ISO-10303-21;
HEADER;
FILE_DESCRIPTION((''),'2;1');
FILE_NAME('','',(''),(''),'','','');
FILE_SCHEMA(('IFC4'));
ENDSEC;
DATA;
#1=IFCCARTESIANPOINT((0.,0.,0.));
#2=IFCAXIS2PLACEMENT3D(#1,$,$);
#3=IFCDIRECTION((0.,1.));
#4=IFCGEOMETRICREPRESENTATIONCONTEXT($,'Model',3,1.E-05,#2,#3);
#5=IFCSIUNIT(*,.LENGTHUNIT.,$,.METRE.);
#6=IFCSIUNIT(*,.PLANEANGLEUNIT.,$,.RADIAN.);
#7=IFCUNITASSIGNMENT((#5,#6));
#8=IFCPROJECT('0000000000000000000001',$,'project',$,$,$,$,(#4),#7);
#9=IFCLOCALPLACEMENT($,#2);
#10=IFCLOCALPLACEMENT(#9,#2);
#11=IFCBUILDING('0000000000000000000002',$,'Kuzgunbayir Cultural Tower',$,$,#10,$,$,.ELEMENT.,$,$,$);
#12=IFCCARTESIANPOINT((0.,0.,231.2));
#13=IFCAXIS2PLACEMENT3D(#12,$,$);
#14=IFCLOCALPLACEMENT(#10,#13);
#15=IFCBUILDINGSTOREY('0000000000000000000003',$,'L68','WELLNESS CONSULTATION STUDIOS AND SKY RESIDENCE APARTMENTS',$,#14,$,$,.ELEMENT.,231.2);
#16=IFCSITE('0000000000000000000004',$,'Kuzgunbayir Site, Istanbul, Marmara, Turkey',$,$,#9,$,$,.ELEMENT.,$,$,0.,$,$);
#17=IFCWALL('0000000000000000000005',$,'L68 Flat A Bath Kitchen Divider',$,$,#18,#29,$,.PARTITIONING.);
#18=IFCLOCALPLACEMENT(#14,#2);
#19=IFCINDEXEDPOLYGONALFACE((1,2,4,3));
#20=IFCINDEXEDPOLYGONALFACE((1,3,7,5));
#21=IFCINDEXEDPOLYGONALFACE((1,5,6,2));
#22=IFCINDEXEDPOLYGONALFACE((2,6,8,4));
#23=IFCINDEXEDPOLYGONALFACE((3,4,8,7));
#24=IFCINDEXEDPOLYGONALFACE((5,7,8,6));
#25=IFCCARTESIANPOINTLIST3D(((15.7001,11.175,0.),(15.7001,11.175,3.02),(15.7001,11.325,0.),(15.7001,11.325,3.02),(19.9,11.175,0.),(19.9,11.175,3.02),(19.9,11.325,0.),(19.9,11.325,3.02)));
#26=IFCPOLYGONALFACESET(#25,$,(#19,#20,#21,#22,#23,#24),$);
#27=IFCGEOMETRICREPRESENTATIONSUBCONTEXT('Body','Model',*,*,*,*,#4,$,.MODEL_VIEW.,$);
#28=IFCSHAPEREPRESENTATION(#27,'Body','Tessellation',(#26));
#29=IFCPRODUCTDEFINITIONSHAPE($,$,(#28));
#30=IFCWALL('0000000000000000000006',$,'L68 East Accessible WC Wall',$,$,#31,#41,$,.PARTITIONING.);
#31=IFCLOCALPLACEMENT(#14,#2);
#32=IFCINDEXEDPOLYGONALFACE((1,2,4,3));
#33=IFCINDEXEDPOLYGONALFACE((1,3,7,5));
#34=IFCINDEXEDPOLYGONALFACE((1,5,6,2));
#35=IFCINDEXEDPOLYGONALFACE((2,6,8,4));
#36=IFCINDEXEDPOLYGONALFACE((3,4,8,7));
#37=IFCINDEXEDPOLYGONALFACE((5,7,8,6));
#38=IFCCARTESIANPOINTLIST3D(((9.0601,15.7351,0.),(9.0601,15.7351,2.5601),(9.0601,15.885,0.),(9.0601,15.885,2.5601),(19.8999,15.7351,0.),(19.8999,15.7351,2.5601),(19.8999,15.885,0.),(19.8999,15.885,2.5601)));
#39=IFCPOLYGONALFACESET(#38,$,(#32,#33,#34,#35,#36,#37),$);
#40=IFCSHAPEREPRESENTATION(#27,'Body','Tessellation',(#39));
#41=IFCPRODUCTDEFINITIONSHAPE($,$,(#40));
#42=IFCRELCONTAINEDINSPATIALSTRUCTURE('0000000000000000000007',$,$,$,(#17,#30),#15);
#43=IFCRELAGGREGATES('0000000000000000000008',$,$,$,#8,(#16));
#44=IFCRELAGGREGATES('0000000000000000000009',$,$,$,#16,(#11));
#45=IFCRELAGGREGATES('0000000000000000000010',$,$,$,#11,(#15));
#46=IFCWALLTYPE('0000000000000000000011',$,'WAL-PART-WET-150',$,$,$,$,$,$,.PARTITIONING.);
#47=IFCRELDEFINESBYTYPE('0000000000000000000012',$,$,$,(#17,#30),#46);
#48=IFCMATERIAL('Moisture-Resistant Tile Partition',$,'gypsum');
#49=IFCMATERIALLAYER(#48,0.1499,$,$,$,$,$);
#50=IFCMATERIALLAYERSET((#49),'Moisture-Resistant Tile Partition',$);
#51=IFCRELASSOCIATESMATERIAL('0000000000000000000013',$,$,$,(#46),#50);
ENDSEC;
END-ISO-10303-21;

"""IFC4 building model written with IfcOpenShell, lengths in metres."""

from ifc_helpers import new_model, si_unit, direction, frame, frame_2d, origin, place, context, subcontext, project, spatial, rectangle, extrude, material, layer, layer_set, type_object, element, save


model = new_model("IFC4")

# Units and contexts
model_context = context("Model", 3, precision=1e-05, world=origin(), true_north=direction((0.0, 1.0)))
body_context = subcontext(model_context, "Body", "Model", "MODEL_VIEW")
ifc_project = project(units=[si_unit("LENGTHUNIT", "METRE"), si_unit("PLANEANGLEUNIT", "RADIAN")], contexts=[model_context])

# Site, building, storey
site_placement = place(None, origin())
site = spatial("IfcSite", under=ifc_project, at=site_placement, Name="Kuzgunbayir Site, Istanbul, Marmara, Turkey", CompositionType="ELEMENT", RefElevation=0.0)
building_placement = place(site_placement, origin())
building = spatial("IfcBuilding", under=site, at=building_placement, Name="Kuzgunbayir Cultural Tower", CompositionType="ELEMENT")
storey_placement = place(building_placement, frame((0.0, 0.0, 231.2)))
storey = spatial("IfcBuildingStorey", under=building, at=storey_placement, Name="L68", Description="WELLNESS CONSULTATION STUDIOS AND SKY RESIDENCE APARTMENTS", CompositionType="ELEMENT", Elevation=231.2)

# Shared definitions
ifc_material_1 = material(Name="Moisture-Resistant Tile Partition", Category="gypsum")
ifc_layer_1 = layer(ifc_material_1, 0.1499)
ifc_layer_set_1 = layer_set([ifc_layer_1], Name="Moisture-Resistant Tile Partition")
wall_type_1 = type_object("IfcWallType", Name="WAL-PART-WET-150", PredefinedType="PARTITIONING", material=ifc_layer_set_1)

# Walls
wall_1_placement = place(storey_placement, frame((15.7, 11.25, 0.0), z_axis=(0.0, 0.0, 1.0), x_axis=(1.0, 0.0, 0.0)))
element("IfcWall", 1, at=wall_1_placement, inside=storey, type_object=wall_type_1, Name="L68 Flat A Bath Kitchen Divider", PredefinedType="PARTITIONING", context=body_context, shape_type="SweptSolid", body=[
    extrude(rectangle(XDim=4.2, YDim=0.1499, at=frame_2d((2.1001, 0.0))), origin(), (0.0, 0.0, 1.0), 3.02),
])
wall_2_placement = place(storey_placement, frame((9.0601, 15.8101, 0.0), z_axis=(0.0, 0.0, 1.0), x_axis=(1.0, 0.0, 0.0)))
element("IfcWall", 2, at=wall_2_placement, inside=storey, type_object=wall_type_1, Name="L68 East Accessible WC Wall", PredefinedType="PARTITIONING", context=body_context, shape_type="SweptSolid", body=[
    extrude(rectangle(XDim=10.8398, YDim=0.1499, at=frame_2d((5.4199, 0.0))), origin(), (0.0, 0.0, 1.0), 2.5601),
])

save(model, "model.ifc")
